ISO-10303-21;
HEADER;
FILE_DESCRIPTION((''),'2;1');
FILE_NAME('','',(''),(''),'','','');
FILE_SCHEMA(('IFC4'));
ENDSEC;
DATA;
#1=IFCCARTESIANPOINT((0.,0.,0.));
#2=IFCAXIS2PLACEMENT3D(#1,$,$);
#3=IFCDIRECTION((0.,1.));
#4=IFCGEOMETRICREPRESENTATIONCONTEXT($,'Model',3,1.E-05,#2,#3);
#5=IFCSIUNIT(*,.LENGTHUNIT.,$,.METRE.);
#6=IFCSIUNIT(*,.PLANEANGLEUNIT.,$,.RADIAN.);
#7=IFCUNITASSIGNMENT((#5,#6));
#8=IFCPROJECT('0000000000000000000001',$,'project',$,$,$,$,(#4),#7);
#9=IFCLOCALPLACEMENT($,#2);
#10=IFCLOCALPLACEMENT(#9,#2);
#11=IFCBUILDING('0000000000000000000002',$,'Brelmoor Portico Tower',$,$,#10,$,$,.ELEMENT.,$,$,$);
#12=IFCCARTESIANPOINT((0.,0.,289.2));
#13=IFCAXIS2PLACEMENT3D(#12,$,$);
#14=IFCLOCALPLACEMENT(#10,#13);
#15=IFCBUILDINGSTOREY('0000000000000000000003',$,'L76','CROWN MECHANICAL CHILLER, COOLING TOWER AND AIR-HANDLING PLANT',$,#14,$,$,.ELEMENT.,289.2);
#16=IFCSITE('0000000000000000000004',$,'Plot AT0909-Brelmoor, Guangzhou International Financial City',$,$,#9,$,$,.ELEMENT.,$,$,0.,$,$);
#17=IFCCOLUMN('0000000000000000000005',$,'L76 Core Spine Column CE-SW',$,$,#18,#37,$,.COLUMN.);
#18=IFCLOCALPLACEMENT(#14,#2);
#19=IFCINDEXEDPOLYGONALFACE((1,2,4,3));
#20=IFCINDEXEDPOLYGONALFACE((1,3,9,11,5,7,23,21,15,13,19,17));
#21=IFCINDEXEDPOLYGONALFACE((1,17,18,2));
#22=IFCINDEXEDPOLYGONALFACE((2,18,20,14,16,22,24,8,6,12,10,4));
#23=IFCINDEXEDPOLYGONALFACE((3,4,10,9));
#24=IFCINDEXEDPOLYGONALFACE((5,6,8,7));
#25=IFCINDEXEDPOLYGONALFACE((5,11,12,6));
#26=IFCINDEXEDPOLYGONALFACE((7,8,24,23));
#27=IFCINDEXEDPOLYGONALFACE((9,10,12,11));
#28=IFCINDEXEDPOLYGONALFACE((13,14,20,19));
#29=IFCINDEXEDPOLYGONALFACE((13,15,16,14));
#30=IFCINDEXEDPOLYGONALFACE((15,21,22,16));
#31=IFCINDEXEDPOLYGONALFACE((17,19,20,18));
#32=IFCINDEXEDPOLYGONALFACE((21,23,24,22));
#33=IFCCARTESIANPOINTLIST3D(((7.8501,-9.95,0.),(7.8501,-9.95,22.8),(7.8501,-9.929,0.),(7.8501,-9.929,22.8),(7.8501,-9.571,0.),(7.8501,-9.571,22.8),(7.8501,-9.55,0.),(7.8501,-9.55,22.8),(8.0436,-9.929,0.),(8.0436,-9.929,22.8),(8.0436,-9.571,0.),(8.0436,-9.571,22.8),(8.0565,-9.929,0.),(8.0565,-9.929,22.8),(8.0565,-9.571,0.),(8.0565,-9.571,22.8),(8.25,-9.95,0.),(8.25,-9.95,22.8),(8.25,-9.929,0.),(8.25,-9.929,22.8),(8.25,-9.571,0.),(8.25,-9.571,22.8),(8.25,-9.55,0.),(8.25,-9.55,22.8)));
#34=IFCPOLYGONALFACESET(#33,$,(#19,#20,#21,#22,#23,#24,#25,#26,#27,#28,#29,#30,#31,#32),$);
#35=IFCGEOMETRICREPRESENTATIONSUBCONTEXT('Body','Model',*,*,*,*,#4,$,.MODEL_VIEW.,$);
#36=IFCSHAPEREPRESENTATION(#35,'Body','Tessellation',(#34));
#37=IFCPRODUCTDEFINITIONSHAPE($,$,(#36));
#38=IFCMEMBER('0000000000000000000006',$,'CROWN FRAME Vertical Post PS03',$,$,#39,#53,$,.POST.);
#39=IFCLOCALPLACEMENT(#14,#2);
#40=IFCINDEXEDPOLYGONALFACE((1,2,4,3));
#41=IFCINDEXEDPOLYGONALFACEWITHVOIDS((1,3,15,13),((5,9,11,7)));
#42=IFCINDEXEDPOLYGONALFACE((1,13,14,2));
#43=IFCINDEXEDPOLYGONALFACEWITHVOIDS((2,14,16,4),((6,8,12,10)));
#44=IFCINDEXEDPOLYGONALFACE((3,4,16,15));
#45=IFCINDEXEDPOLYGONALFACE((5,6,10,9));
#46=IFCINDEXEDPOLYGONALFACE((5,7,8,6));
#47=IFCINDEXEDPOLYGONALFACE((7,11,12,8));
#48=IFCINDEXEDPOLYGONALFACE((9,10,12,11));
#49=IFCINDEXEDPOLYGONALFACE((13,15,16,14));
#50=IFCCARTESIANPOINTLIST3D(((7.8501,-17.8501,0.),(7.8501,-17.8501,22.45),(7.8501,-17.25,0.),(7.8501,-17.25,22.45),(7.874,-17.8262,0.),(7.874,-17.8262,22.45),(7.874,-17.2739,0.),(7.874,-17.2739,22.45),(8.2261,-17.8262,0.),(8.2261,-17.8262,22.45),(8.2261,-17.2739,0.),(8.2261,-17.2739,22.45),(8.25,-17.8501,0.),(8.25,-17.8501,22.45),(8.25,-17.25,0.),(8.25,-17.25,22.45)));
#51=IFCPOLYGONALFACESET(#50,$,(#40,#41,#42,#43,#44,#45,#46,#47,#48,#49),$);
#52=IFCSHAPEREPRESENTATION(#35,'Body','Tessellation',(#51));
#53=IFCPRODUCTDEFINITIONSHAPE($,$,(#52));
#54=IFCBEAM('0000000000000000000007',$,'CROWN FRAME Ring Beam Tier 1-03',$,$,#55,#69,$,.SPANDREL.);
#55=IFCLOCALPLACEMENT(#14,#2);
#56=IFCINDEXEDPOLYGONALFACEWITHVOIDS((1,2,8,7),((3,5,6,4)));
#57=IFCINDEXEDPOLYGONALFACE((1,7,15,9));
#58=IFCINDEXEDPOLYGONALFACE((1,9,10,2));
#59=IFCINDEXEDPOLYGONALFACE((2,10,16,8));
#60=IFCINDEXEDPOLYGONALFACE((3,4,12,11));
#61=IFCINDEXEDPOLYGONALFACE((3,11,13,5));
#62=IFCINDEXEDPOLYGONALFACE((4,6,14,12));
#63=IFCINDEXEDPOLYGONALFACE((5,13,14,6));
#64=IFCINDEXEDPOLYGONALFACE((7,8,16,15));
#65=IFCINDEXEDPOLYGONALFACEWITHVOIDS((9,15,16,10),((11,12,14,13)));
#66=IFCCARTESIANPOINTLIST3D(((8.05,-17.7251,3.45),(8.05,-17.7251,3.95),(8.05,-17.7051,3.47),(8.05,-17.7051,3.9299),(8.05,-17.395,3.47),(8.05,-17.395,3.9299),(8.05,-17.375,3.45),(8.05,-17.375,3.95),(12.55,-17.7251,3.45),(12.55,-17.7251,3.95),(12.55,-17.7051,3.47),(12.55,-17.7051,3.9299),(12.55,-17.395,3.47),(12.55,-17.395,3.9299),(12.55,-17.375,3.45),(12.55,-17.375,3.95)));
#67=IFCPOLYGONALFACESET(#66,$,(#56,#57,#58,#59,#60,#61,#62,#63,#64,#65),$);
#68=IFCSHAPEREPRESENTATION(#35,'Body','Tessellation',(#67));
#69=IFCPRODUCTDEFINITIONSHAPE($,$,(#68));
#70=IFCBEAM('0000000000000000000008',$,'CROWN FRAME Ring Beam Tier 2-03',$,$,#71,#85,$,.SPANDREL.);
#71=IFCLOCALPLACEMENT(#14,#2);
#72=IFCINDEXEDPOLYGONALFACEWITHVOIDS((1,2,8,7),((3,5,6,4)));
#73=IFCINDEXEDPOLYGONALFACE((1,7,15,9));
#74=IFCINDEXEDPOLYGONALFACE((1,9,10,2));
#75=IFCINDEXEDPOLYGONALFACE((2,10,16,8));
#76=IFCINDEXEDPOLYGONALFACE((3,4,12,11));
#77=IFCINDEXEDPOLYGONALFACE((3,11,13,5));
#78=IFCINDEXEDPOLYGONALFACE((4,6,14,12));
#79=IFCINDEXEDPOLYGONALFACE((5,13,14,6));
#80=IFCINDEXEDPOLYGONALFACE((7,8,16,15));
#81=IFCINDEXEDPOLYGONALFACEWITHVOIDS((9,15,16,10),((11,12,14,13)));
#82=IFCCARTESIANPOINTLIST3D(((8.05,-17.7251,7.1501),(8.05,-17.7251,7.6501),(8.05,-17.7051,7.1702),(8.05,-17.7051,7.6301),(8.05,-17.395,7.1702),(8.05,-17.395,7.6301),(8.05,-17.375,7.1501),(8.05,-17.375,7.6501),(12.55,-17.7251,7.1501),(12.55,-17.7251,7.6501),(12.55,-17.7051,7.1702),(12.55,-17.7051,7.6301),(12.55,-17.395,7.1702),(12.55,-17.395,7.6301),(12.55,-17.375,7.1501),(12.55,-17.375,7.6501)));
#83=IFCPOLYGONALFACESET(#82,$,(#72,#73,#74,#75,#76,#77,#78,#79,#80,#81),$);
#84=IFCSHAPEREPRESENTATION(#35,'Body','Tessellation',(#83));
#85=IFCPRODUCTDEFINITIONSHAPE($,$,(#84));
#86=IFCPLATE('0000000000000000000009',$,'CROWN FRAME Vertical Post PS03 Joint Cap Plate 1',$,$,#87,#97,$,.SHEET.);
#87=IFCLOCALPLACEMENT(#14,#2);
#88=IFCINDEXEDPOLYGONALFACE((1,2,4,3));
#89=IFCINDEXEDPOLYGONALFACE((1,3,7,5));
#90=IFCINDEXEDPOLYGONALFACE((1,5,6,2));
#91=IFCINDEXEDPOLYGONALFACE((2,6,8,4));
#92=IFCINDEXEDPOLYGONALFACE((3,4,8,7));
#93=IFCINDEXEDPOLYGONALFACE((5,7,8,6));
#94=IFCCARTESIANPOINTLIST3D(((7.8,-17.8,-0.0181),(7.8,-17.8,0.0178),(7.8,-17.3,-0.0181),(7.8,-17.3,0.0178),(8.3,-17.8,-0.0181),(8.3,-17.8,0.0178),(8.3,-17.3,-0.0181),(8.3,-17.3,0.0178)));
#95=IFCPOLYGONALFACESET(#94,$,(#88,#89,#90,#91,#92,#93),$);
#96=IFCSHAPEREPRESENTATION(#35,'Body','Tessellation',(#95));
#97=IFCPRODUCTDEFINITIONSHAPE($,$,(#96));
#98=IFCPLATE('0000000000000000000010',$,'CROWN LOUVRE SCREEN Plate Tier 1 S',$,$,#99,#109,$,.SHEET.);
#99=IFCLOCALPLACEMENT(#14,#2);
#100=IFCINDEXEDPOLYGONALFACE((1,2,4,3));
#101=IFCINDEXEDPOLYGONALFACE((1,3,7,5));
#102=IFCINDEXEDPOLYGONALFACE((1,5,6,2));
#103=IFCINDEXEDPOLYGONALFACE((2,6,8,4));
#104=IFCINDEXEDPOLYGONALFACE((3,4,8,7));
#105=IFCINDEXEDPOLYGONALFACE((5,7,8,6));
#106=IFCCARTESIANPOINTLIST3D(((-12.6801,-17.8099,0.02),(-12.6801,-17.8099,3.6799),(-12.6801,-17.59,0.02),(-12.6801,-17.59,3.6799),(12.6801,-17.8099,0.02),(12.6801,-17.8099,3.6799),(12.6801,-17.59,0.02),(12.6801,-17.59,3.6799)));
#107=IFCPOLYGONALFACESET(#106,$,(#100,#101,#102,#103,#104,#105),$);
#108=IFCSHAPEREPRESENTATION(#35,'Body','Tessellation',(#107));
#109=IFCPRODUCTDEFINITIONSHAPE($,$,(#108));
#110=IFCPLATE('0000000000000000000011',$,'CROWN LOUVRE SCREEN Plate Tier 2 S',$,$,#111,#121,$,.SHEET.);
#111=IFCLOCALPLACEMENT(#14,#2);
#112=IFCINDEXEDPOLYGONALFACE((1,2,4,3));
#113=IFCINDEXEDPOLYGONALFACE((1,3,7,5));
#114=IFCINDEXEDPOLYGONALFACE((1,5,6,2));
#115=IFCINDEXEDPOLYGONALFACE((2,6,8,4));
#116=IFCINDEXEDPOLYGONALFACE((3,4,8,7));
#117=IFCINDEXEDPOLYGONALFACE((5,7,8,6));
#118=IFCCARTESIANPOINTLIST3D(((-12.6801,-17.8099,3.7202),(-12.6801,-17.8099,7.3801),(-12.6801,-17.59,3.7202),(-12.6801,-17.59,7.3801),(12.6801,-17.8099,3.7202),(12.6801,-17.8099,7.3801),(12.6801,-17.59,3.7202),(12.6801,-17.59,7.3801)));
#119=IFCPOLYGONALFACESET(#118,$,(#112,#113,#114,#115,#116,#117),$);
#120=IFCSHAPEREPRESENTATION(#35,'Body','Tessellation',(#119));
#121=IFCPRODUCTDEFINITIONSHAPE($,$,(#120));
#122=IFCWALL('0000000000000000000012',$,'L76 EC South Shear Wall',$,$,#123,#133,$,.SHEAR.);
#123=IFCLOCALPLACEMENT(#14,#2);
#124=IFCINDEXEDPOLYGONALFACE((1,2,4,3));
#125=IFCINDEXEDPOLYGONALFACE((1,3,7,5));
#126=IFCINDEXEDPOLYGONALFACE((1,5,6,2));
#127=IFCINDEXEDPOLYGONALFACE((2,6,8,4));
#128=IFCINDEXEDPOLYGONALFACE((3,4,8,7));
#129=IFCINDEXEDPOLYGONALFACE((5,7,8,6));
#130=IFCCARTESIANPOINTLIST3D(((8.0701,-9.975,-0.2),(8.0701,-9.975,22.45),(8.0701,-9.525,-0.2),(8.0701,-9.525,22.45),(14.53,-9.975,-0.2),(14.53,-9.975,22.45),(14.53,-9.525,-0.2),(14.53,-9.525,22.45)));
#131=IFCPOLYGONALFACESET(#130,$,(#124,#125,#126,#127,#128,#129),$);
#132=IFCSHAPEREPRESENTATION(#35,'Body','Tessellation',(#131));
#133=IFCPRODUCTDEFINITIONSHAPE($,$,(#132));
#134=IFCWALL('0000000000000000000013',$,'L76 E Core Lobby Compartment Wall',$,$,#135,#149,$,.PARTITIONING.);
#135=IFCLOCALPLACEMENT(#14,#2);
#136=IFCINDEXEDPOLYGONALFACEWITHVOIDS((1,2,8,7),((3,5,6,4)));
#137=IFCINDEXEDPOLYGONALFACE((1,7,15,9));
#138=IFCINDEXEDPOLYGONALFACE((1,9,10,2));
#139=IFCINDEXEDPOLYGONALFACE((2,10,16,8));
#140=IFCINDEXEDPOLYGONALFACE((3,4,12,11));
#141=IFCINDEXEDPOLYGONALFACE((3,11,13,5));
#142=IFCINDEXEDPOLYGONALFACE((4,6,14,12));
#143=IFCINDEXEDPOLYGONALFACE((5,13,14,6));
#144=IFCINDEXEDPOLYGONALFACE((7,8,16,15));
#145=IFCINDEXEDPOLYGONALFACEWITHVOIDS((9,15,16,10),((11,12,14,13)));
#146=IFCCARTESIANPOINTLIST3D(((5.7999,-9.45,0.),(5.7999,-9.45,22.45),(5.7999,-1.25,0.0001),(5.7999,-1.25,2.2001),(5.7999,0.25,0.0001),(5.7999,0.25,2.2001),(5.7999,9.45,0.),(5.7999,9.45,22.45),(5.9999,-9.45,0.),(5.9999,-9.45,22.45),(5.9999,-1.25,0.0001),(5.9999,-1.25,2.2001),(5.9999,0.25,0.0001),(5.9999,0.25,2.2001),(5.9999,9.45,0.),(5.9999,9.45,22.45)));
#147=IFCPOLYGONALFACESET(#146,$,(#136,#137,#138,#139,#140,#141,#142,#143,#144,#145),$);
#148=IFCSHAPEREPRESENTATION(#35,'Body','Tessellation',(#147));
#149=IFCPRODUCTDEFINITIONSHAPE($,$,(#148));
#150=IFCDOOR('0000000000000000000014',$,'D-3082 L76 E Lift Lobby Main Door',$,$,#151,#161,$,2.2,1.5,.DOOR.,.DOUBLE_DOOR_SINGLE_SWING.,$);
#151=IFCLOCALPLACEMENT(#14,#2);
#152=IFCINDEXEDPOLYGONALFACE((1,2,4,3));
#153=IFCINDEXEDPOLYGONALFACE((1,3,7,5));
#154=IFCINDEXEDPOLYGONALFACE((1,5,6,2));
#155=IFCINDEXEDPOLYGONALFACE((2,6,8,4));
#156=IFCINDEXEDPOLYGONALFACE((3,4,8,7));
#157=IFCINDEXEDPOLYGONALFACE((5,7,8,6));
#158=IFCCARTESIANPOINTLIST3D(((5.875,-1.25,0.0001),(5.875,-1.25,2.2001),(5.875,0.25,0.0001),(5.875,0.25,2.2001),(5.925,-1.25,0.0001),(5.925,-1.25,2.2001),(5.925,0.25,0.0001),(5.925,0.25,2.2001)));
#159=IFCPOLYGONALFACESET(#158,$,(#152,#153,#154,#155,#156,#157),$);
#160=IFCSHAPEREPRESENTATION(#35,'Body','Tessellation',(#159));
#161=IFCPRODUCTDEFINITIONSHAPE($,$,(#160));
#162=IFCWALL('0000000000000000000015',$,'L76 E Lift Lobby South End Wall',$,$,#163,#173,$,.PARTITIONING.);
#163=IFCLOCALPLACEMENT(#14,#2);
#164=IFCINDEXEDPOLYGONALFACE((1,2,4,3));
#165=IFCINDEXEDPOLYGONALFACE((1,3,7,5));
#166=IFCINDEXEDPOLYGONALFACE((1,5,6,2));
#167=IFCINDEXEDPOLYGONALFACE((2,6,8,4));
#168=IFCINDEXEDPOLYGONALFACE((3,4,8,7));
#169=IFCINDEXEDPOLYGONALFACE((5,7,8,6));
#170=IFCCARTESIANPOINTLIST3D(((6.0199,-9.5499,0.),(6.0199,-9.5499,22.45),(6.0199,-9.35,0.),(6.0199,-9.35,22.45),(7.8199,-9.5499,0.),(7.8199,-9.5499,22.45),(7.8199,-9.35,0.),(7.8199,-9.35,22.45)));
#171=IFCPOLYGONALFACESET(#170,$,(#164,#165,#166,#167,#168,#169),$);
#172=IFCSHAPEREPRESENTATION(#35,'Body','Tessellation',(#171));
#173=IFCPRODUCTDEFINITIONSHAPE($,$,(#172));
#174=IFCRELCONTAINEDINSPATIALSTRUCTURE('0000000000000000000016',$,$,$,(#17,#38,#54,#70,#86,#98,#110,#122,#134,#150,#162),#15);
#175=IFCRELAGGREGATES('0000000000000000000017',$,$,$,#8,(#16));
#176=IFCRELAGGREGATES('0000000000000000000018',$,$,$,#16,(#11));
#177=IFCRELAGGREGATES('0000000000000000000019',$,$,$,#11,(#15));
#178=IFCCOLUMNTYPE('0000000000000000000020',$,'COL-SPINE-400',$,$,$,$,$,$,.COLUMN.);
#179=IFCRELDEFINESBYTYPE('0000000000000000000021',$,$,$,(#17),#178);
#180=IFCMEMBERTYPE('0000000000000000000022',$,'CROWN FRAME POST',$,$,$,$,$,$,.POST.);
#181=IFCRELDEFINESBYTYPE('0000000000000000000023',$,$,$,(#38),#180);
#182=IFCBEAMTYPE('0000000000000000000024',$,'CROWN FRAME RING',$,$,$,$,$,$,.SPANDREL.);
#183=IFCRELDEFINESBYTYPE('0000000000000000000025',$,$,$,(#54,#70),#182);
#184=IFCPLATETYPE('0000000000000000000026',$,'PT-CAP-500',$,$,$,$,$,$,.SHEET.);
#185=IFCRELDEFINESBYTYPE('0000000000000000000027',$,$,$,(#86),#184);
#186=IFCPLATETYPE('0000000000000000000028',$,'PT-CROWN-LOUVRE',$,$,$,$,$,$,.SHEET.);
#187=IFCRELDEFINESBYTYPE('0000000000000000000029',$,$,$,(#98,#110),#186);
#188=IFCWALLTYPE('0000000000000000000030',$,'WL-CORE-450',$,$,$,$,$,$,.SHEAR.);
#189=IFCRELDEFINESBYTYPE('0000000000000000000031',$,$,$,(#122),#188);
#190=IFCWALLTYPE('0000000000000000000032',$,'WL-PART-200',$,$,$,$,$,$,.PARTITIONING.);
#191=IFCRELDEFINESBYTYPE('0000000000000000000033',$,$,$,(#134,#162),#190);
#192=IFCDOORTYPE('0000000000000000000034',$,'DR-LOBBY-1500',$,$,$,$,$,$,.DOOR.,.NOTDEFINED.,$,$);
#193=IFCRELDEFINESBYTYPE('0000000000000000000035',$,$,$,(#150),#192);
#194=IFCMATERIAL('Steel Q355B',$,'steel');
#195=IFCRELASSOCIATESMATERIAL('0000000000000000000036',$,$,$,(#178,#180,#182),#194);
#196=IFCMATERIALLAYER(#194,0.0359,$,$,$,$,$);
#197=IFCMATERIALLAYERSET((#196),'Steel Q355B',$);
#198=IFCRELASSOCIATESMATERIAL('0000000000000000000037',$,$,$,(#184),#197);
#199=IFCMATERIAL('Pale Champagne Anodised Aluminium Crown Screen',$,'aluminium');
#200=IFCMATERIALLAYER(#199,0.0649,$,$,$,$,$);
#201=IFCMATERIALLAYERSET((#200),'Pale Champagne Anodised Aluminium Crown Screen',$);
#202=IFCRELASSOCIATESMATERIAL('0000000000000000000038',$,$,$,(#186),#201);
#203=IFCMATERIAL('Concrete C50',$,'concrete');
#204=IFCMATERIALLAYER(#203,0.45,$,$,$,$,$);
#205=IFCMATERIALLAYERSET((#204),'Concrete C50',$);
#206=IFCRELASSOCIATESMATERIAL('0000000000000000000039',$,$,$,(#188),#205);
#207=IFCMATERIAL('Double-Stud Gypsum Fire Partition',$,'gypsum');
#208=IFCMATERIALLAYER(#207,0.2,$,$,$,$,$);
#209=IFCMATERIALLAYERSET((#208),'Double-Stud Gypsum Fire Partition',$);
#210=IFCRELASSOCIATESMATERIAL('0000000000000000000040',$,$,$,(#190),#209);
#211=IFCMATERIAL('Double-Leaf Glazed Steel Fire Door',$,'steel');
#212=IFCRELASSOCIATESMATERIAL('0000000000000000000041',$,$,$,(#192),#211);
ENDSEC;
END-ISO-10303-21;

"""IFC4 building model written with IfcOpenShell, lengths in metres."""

from ifc_helpers import new_model, si_unit, direction, frame, frame_2d, origin, origin_2d, place, context, subcontext, project, spatial, rectangle, hollow_rectangle, i_section, extrude, material, layer, layer_set, material_profile, profile_set, type_object, element, fill, save


model = new_model("IFC4")

# Units and contexts
model_context = context("Model", 3, precision=1e-05, world=origin(), true_north=direction((0.0, 1.0)))
body_context = subcontext(model_context, "Body", "Model", "MODEL_VIEW")
ifc_project = project(units=[si_unit("LENGTHUNIT", "METRE"), si_unit("PLANEANGLEUNIT", "RADIAN")], contexts=[model_context])

# Site, building, storey
site_placement = place(None, origin())
site = spatial("IfcSite", under=ifc_project, at=site_placement, Name="Plot AT0909-Brelmoor, Guangzhou International Financial City", CompositionType="ELEMENT", RefElevation=0.0)
building_placement = place(site_placement, origin())
building = spatial("IfcBuilding", under=site, at=building_placement, Name="Brelmoor Portico Tower", CompositionType="ELEMENT")
storey_placement = place(building_placement, frame((0.0, 0.0, 289.2)))
storey = spatial("IfcBuildingStorey", under=building, at=storey_placement, Name="L76", Description="CROWN MECHANICAL CHILLER, COOLING TOWER AND AIR-HANDLING PLANT", CompositionType="ELEMENT", Elevation=289.2)

# Column
ifc_material_1 = material(Name="Steel Q355B", Category="steel")
ifc_material_profile_1 = material_profile(ifc_material_1, i_section(OverallWidth=0.3999, OverallDepth=0.3999, WebThickness=0.0129, FlangeThickness=0.021, at=origin_2d()), Name="HW 400x400x13x21")
ifc_profile_set_1 = profile_set([ifc_material_profile_1], Name="Steel Q355B")
column_type = type_object("IfcColumnType", Name="COL-SPINE-400", PredefinedType="COLUMN", material=ifc_profile_set_1)
column_placement = place(storey_placement, frame((8.05, -9.75, 0.0), z_axis=(0.0, 0.0, 1.0), x_axis=(1.0, 0.0, 0.0)))
element("IfcColumn", 1, at=column_placement, inside=storey, type_object=column_type, Name="L76 Core Spine Column CE-SW", PredefinedType="COLUMN", context=body_context, shape_type="SweptSolid", body=[
    extrude(i_section(OverallWidth=0.3999, OverallDepth=0.3999, WebThickness=0.0129, FlangeThickness=0.021, at=origin_2d()), origin(), (0.0, 0.0, 1.0), 22.8),
])

# Member
ifc_material_profile_2 = material_profile(ifc_material_1, hollow_rectangle(XDim=0.3999, YDim=0.6001, WallThickness=0.0239, at=origin_2d()), Name="RHS 400x600x24")
ifc_profile_set_2 = profile_set([ifc_material_profile_2], Name="Steel Q355B")
member_type = type_object("IfcMemberType", Name="CROWN FRAME POST", PredefinedType="POST", material=ifc_profile_set_2)
member_placement = place(storey_placement, frame((8.05, -17.55, 0.0), z_axis=(0.0, 0.0, 1.0), x_axis=(1.0, 0.0, 0.0)))
element("IfcMember", 2, at=member_placement, inside=storey, type_object=member_type, Name="CROWN FRAME Vertical Post PS03", PredefinedType="POST", context=body_context, shape_type="SweptSolid", body=[
    extrude(hollow_rectangle(XDim=0.3999, YDim=0.6001, WallThickness=0.0239, at=origin_2d()), origin(), (0.0, 0.0, 1.0), 22.45),
])

# Beams
ifc_material_profile_3 = material_profile(ifc_material_1, hollow_rectangle(XDim=0.3501, YDim=0.5, WallThickness=0.02, at=origin_2d()), Name="RHS 350x500x20")
ifc_profile_set_3 = profile_set([ifc_material_profile_3], Name="Steel Q355B")
beam_type = type_object("IfcBeamType", Name="CROWN FRAME RING", PredefinedType="SPANDREL", material=ifc_profile_set_3)
for number, where, z_axis, x_axis, name in (
    (3, (8.05, -17.55, 3.7), (1.0, 0.0, 0.0), (0.0, 1.0, 0.0), "CROWN FRAME Ring Beam Tier 1-03"),
    (4, (8.05, -17.55, 7.4001), (1.0, 0.0, 0.0), (0.0, 1.0, 0.0), "CROWN FRAME Ring Beam Tier 2-03"),
):
    element("IfcBeam", number, at=place(storey_placement, frame(where, z_axis=z_axis, x_axis=x_axis)), inside=storey, type_object=beam_type, Name=name, PredefinedType="SPANDREL", context=body_context, shape_type="SweptSolid", body=[
        extrude(hollow_rectangle(XDim=0.3501, YDim=0.5, WallThickness=0.02, at=origin_2d()), origin(), (0.0, 0.0, 1.0), 4.5),
    ])

# Plates
ifc_layer_1 = layer(ifc_material_1, 0.0359)
ifc_layer_set_1 = layer_set([ifc_layer_1], Name="Steel Q355B")
plate_type_1 = type_object("IfcPlateType", Name="PT-CAP-500", PredefinedType="SHEET", material=ifc_layer_set_1)
plate_placement = place(storey_placement, frame((8.05, -17.55, -0.0181), z_axis=(0.0, 0.0, 1.0), x_axis=(1.0, 0.0, 0.0)))
element("IfcPlate", 5, at=plate_placement, inside=storey, type_object=plate_type_1, Name="CROWN FRAME Vertical Post PS03 Joint Cap Plate 1", PredefinedType="SHEET", context=body_context, shape_type="SweptSolid", body=[
    extrude(rectangle(XDim=0.5, YDim=0.5, at=origin_2d()), origin(), (0.0, 0.0, 1.0), 0.0359),
])
ifc_material_2 = material(Name="Pale Champagne Anodised Aluminium Crown Screen", Category="aluminium")
ifc_layer_2 = layer(ifc_material_2, 0.0649)
ifc_layer_set_2 = layer_set([ifc_layer_2], Name="Pale Champagne Anodised Aluminium Crown Screen")
plate_type_2 = type_object("IfcPlateType", Name="PT-CROWN-LOUVRE", PredefinedType="SHEET", material=ifc_layer_set_2)
for number, where, z_axis, x_axis, name in (
    (6, (0.0, -17.7, 0.02), (0.0, 0.0, 1.0), (1.0, 0.0, 0.0), "CROWN LOUVRE SCREEN Plate Tier 1 S"),
    (7, (0.0, -17.7, 3.7202), (0.0, 0.0, 1.0), (1.0, 0.0, 0.0), "CROWN LOUVRE SCREEN Plate Tier 2 S"),
):
    element("IfcPlate", number, at=place(storey_placement, frame(where, z_axis=z_axis, x_axis=x_axis)), inside=storey, type_object=plate_type_2, Name=name, PredefinedType="SHEET", context=body_context, shape_type="SweptSolid", body=[
        extrude(rectangle(XDim=25.3601, YDim=0.22, at=origin_2d()), origin(), (0.0, 0.0, 1.0), 3.6599),
    ])

# Wall
ifc_material_3 = material(Name="Concrete C50", Category="concrete")
ifc_layer_3 = layer(ifc_material_3, 0.45)
ifc_layer_set_3 = layer_set([ifc_layer_3], Name="Concrete C50")
wall_type_1 = type_object("IfcWallType", Name="WL-CORE-450", PredefinedType="SHEAR", material=ifc_layer_set_3)
wall_1_placement = place(storey_placement, frame((8.0701, -9.75, -0.2), z_axis=(0.0, 0.0, 1.0), x_axis=(1.0, 0.0, 0.0)))
element("IfcWall", 8, at=wall_1_placement, inside=storey, type_object=wall_type_1, Name="L76 EC South Shear Wall", PredefinedType="SHEAR", context=body_context, shape_type="SweptSolid", body=[
    extrude(rectangle(XDim=6.46, YDim=0.45, at=frame_2d((3.23, 0.0))), origin(), (0.0, 0.0, 1.0), 22.6499),
])

# Wall, opening, door
ifc_material_4 = material(Name="Double-Stud Gypsum Fire Partition", Category="gypsum")
ifc_layer_4 = layer(ifc_material_4, 0.2)
ifc_layer_set_4 = layer_set([ifc_layer_4], Name="Double-Stud Gypsum Fire Partition")
wall_type_2 = type_object("IfcWallType", Name="WL-PART-200", PredefinedType="PARTITIONING", material=ifc_layer_set_4)
wall_2_placement = place(storey_placement, frame((5.8999, -9.45, 0.0), z_axis=(0.0, 0.0, 1.0), x_axis=(0.0, 1.0, 0.0)))
wall_2 = element("IfcWall", 9, at=wall_2_placement, inside=storey, type_object=wall_type_2, Name="L76 E Core Lobby Compartment Wall", PredefinedType="PARTITIONING", context=body_context, shape_type="SweptSolid", body=[
    extrude(rectangle(XDim=18.8999, YDim=0.2, at=frame_2d((9.45, 0.0))), origin(), (0.0, 0.0, 1.0), 22.45),
])
opening_1_placement = place(wall_2_placement, frame((8.2, 0.0, 0.0)))
opening_1 = element("IfcOpeningElement", 10, at=opening_1_placement, cuts=wall_2, PredefinedType="OPENING", context=body_context, shape_type="SweptSolid", body=[
    extrude(rectangle(XDim=1.5, YDim=2.2, at=frame_2d((0.75, 1.1001))), frame((0.0, 0.1099, 0.0), z_axis=(0.0, -1.0, 0.0), x_axis=(1.0, 0.0, 0.0)), (0.0, 0.0, 1.0), 0.22),
])
ifc_material_5 = material(Name="Double-Leaf Glazed Steel Fire Door", Category="steel")
door_type_1 = type_object("IfcDoorType", Name="DR-LOBBY-1500", OperationType="NOTDEFINED", PredefinedType="DOOR", material=ifc_material_5)
door_1_placement = place(opening_1_placement, origin())
door_1 = element("IfcDoor", 11, at=door_1_placement, inside=storey, type_object=door_type_1, Name="D-3082 L76 E Lift Lobby Main Door", OperationType="DOUBLE_DOOR_SINGLE_SWING", OverallHeight=2.2, OverallWidth=1.5, PredefinedType="DOOR", context=body_context, shape_type="SweptSolid", body=[
    extrude(rectangle(XDim=1.5, YDim=2.2, at=frame_2d((0.75, 1.1001))), frame((0.0, 0.0249, 0.0), z_axis=(0.0, -1.0, 0.0), x_axis=(1.0, 0.0, 0.0)), (0.0, 0.0, 1.0), 0.05),
])
fill(opening_1, door_1)

# Wall
wall_3_placement = place(storey_placement, frame((6.02, -9.45, 0.0), z_axis=(0.0, 0.0, 1.0), x_axis=(1.0, 0.0, 0.0)))
element("IfcWall", 12, at=wall_3_placement, inside=storey, type_object=wall_type_2, Name="L76 E Lift Lobby South End Wall", PredefinedType="PARTITIONING", context=body_context, shape_type="SweptSolid", body=[
    extrude(rectangle(XDim=1.8, YDim=0.2, at=frame_2d((0.8999, 0.0))), origin(), (0.0, 0.0, 1.0), 22.45),
])

save(model, "model.ifc")
